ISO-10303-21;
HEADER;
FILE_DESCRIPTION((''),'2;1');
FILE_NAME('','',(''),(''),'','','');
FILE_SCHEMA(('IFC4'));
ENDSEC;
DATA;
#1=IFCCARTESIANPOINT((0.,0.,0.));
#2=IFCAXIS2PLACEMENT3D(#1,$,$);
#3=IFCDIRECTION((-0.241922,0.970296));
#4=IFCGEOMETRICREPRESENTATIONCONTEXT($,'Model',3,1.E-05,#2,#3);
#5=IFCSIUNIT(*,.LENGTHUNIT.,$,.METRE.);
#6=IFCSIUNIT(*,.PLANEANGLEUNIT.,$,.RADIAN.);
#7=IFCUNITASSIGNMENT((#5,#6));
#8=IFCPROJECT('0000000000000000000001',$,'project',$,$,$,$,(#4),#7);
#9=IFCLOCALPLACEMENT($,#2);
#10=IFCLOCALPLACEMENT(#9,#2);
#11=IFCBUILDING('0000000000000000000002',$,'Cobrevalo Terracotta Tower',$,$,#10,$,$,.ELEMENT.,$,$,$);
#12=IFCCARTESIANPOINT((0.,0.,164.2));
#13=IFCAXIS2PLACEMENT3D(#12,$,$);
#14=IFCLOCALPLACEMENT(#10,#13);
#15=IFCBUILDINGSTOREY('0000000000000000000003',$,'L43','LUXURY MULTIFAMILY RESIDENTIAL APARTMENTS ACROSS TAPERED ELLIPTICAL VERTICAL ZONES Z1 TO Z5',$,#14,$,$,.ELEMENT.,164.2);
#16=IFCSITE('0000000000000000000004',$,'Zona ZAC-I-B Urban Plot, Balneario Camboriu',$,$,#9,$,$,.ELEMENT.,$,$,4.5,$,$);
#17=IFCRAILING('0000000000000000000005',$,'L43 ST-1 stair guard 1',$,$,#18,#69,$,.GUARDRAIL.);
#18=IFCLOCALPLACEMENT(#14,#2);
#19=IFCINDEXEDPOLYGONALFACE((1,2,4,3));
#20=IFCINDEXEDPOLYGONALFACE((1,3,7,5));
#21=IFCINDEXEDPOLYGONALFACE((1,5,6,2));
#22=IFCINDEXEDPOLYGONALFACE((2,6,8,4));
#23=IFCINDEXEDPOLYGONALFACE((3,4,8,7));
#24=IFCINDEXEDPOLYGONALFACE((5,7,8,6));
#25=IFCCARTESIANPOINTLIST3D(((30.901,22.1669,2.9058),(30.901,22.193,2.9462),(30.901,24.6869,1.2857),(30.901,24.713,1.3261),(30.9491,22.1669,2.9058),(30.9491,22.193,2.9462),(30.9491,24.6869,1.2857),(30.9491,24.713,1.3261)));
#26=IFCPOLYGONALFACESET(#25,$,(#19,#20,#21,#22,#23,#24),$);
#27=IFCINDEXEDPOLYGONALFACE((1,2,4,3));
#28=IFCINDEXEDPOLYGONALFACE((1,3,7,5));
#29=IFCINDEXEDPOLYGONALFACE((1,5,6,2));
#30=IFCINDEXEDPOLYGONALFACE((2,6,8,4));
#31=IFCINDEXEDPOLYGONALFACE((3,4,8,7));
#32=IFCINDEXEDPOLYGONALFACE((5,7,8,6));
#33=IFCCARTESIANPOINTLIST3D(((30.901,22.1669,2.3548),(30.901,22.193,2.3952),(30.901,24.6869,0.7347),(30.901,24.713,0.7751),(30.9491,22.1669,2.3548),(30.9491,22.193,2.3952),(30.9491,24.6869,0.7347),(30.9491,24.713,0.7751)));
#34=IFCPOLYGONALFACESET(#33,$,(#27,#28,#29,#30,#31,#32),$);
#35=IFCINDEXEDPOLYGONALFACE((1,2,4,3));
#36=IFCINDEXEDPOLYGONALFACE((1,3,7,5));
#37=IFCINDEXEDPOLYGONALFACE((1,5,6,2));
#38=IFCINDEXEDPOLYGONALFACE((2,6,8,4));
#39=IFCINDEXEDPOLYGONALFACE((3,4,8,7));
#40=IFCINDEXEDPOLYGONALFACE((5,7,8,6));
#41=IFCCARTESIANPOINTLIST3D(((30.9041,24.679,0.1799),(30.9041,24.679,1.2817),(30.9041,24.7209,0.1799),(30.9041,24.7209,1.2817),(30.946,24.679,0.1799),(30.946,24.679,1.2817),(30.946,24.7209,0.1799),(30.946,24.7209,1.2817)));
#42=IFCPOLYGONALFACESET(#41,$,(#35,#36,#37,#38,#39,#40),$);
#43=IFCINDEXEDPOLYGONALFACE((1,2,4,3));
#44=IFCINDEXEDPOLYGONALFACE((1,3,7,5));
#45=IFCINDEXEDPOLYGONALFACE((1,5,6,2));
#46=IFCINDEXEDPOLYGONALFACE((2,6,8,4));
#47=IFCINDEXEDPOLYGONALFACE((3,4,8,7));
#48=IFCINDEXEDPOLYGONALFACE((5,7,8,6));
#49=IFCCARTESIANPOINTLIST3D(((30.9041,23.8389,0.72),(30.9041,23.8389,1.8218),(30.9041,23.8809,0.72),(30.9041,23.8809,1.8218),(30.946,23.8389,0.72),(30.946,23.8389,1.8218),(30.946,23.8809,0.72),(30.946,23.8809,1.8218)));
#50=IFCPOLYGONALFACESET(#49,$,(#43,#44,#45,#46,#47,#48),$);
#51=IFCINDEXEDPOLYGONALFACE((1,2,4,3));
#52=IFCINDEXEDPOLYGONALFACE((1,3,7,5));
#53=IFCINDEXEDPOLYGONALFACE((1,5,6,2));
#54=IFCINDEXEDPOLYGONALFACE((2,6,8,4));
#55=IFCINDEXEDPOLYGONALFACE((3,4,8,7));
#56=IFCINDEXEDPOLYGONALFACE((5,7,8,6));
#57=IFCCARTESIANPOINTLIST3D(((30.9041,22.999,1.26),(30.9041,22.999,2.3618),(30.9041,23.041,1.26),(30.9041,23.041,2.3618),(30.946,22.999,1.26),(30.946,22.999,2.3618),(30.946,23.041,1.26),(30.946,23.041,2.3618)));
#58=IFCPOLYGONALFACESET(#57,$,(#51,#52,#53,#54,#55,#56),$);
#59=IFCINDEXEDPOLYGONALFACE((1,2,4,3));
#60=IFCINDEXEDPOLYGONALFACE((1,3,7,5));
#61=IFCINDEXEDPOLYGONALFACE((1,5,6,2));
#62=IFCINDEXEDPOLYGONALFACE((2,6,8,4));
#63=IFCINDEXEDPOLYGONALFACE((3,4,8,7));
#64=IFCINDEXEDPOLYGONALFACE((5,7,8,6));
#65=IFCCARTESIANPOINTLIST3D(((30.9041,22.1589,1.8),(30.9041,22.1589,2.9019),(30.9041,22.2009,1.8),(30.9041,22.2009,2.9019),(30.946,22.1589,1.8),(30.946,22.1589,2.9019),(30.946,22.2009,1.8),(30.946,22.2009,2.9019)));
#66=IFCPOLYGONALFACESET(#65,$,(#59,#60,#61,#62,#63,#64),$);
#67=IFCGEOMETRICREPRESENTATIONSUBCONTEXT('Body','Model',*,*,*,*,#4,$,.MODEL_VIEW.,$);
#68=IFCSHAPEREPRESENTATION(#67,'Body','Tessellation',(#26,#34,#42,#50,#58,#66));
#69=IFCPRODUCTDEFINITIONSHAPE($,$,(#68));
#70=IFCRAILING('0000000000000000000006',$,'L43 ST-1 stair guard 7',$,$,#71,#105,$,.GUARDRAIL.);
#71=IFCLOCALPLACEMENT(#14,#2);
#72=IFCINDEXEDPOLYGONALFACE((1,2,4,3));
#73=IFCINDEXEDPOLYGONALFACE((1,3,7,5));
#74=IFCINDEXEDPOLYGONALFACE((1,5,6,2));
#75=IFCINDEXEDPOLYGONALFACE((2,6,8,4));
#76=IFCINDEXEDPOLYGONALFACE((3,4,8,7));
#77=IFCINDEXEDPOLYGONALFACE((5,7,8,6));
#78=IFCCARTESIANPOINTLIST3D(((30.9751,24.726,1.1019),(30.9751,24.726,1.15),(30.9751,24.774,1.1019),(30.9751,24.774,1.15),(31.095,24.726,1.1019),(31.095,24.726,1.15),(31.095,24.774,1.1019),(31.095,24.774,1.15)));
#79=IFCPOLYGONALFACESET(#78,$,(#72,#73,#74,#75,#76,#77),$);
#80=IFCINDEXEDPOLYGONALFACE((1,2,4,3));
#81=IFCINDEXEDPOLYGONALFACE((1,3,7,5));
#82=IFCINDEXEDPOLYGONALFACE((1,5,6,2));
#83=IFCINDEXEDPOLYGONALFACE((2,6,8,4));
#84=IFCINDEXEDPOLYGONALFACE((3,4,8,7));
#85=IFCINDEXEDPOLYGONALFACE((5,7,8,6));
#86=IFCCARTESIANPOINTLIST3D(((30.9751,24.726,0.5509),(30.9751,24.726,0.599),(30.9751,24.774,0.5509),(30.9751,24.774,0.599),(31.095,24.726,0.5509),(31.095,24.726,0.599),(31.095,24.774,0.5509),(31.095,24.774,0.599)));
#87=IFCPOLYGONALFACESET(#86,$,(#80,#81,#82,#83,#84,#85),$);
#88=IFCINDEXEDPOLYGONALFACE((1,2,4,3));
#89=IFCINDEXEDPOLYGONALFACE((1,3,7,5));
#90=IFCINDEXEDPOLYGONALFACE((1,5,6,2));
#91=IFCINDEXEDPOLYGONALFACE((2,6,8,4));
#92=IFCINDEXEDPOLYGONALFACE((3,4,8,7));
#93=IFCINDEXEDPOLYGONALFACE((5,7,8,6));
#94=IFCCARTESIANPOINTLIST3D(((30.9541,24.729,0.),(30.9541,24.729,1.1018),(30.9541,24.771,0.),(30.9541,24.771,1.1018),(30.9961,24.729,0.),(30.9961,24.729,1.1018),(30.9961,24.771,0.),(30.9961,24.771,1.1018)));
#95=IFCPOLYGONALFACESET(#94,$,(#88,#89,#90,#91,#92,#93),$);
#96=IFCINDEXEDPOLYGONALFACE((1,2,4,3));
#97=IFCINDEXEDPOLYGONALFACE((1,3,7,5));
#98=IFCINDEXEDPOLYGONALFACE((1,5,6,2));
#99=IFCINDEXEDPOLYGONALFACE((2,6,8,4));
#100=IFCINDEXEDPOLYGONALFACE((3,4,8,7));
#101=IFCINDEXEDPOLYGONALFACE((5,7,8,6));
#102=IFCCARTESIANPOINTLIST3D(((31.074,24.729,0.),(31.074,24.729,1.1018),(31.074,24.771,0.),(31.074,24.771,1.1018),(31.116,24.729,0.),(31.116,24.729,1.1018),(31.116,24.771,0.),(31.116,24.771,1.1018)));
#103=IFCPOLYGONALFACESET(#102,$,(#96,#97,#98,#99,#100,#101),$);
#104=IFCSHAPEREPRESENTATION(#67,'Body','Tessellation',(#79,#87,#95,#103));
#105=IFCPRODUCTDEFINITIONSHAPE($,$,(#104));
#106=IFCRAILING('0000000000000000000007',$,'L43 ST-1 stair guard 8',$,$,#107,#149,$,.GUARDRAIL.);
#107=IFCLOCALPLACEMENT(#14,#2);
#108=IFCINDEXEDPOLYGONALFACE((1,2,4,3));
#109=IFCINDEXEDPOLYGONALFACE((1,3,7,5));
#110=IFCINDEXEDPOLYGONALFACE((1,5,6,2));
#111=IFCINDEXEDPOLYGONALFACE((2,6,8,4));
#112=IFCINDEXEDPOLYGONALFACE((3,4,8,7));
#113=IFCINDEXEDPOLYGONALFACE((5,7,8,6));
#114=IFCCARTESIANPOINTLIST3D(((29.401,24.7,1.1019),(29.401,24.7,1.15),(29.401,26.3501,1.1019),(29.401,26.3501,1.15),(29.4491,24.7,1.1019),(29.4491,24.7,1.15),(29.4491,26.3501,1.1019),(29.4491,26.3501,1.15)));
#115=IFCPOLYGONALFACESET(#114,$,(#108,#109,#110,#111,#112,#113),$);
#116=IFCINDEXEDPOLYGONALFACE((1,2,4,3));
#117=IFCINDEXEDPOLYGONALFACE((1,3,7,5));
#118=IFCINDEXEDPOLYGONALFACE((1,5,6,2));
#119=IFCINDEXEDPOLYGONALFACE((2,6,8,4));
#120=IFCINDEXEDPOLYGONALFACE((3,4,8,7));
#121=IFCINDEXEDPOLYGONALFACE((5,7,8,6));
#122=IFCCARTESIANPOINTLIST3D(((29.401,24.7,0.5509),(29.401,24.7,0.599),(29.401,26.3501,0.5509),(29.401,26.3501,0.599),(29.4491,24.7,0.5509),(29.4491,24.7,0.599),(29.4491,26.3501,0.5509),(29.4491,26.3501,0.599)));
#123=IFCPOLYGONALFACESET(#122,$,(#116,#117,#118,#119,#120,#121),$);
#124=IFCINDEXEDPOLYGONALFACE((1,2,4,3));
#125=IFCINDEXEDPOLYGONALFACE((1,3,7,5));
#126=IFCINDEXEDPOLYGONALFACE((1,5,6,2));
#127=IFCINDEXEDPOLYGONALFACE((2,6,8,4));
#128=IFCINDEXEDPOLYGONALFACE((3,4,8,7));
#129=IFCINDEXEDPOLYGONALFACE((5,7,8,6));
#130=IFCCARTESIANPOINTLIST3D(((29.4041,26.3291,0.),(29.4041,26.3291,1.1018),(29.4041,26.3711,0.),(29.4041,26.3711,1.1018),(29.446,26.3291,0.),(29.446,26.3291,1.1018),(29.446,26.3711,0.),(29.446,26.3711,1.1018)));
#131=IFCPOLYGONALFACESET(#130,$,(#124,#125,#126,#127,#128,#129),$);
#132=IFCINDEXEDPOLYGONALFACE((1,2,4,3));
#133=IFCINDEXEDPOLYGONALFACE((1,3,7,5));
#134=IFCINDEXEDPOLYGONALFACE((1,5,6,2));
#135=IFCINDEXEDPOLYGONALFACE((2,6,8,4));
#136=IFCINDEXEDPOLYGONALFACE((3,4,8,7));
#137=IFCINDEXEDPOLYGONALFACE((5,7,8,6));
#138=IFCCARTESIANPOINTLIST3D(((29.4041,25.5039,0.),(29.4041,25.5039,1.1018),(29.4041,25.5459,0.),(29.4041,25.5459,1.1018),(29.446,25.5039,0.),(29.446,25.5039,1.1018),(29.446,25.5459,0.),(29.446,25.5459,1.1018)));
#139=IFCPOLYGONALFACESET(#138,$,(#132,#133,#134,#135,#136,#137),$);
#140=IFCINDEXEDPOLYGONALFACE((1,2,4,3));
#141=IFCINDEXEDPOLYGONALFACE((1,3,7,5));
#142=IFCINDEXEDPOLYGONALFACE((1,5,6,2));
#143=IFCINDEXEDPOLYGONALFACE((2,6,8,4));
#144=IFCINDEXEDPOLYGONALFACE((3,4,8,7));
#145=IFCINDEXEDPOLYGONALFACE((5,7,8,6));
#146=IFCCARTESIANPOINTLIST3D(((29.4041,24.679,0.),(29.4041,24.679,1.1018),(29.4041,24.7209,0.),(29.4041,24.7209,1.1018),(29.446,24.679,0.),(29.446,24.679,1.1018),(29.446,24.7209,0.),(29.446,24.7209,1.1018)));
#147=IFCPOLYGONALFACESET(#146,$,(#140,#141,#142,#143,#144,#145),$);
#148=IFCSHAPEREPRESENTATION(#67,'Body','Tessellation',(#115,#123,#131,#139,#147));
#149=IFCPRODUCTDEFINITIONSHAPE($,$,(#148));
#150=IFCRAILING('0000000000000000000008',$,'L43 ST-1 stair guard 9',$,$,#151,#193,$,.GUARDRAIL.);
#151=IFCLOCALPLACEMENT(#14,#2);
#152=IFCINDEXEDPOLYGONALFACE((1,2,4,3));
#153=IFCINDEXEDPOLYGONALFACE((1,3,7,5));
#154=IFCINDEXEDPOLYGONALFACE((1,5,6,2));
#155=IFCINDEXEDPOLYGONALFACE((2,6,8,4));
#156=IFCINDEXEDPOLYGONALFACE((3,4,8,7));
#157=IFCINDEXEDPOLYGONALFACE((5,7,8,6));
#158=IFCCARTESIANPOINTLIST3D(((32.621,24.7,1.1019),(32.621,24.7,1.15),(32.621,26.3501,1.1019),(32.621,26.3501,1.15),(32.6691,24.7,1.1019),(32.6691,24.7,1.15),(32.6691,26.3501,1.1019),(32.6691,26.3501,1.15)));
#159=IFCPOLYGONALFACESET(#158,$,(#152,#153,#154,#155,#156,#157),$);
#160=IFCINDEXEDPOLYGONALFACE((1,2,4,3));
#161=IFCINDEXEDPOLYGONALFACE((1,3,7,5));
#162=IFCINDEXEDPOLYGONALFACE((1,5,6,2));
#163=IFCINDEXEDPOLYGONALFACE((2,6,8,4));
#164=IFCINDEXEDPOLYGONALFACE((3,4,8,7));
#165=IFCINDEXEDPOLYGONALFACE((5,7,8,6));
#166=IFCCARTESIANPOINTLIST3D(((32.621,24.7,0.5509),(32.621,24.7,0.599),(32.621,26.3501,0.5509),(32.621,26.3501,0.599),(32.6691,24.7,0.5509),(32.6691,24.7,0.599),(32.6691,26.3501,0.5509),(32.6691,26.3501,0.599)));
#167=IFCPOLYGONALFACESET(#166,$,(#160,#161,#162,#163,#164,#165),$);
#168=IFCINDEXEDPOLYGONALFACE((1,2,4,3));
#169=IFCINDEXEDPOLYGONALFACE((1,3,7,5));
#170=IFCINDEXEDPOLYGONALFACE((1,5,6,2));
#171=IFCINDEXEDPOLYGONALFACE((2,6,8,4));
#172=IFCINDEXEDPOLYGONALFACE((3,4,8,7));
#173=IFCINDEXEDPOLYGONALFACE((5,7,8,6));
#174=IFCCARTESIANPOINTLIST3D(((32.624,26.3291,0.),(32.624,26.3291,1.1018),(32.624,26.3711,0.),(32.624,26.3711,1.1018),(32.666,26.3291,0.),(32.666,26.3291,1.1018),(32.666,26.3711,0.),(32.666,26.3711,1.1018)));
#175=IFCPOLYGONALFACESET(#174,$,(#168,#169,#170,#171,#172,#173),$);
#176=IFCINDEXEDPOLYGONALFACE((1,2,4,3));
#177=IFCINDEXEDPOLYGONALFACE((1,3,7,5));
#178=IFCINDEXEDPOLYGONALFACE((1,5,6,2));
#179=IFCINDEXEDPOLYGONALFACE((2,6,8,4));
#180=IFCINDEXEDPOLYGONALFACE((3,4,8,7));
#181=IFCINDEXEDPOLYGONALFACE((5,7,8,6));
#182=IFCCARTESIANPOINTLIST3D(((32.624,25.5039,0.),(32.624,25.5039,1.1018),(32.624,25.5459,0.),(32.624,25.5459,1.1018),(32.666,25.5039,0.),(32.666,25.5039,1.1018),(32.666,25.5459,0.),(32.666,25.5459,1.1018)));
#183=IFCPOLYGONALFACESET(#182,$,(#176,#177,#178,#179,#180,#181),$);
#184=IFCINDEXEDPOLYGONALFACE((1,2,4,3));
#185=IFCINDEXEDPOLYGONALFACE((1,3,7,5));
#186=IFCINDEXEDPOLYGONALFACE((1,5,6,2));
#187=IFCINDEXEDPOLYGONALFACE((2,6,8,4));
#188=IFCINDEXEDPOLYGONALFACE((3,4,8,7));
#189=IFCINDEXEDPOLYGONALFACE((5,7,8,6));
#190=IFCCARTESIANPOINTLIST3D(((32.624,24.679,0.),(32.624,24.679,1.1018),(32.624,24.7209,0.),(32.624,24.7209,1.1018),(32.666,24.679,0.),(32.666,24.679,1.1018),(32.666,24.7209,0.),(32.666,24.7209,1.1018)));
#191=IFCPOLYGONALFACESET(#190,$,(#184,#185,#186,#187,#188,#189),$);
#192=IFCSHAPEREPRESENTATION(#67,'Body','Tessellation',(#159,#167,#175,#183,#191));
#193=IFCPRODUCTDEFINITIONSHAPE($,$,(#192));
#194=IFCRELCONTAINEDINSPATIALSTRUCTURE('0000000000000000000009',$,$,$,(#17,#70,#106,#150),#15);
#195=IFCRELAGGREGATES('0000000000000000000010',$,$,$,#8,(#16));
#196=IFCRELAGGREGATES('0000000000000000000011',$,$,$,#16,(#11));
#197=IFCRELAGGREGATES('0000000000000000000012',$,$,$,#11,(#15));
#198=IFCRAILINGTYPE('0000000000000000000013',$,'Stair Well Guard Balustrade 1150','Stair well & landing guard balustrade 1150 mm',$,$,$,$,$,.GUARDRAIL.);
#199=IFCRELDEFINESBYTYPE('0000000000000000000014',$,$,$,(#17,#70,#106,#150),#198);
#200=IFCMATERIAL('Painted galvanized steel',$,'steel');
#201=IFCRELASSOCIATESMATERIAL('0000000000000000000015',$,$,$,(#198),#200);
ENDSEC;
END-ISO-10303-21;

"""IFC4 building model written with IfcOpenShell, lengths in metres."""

from ifc_helpers import new_model, si_unit, direction, frame, origin, origin_2d, place, context, subcontext, project, spatial, rectangle, extrude, material, type_object, element, save


model = new_model("IFC4")

# Units and contexts
model_context = context("Model", 3, precision=1e-05, world=origin(), true_north=direction((-0.241922, 0.970296)))
body_context = subcontext(model_context, "Body", "Model", "MODEL_VIEW")
ifc_project = project(units=[si_unit("LENGTHUNIT", "METRE"), si_unit("PLANEANGLEUNIT", "RADIAN")], contexts=[model_context])

# Site, building, storey
site_placement = place(None, origin())
site = spatial("IfcSite", under=ifc_project, at=site_placement, Name="Zona ZAC-I-B Urban Plot, Balneario Camboriu", CompositionType="ELEMENT", RefElevation=4.5)
building_placement = place(site_placement, origin())
building = spatial("IfcBuilding", under=site, at=building_placement, Name="Cobrevalo Terracotta Tower", CompositionType="ELEMENT")
storey_placement = place(building_placement, frame((0.0, 0.0, 164.2)))
storey = spatial("IfcBuildingStorey", under=building, at=storey_placement, Name="L43", Description="LUXURY MULTIFAMILY RESIDENTIAL APARTMENTS ACROSS TAPERED ELLIPTICAL VERTICAL ZONES Z1 TO Z5", CompositionType="ELEMENT", Elevation=164.2)

# Railings
ifc_material_1 = material(Name="Painted galvanized steel", Category="steel")
railing_type_1 = type_object("IfcRailingType", Name="Stair Well Guard Balustrade 1150", Description="Stair well & landing guard balustrade 1150 mm", PredefinedType="GUARDRAIL", material=ifc_material_1)
railing_1_placement = place(storey_placement, frame((30.925, 24.7, 0.1799)))
element("IfcRailing", 1, at=railing_1_placement, inside=storey, type_object=railing_type_1, Name="L43 ST-1 stair guard 1", PredefinedType="GUARDRAIL", context=body_context, shape_type="SweptSolid", body=[
    extrude(rectangle(XDim=0.0481, YDim=0.0481, at=origin_2d()), frame((0.0, 0.0, 1.126), z_axis=(0.0, -0.841163, 0.540782), x_axis=(1.0, 0.0, 0.0)), (0.0, 0.0, 1.0), 2.9958),
    extrude(rectangle(XDim=0.0481, YDim=0.0481, at=origin_2d()), frame((0.0, 0.0, 0.575), z_axis=(0.0, -0.841163, 0.540782), x_axis=(1.0, 0.0, 0.0)), (0.0, 0.0, 1.0), 2.9958),
    extrude(rectangle(XDim=0.042, YDim=0.042, at=origin_2d()), origin(), (0.0, 0.0, 1.0), 1.1018),
    extrude(rectangle(XDim=0.042, YDim=0.042, at=origin_2d()), frame((0.0, -0.8401, 0.54)), (0.0, 0.0, 1.0), 1.1018),
    extrude(rectangle(XDim=0.042, YDim=0.042, at=origin_2d()), frame((0.0, -1.6799, 1.0801)), (0.0, 0.0, 1.0), 1.1018),
    extrude(rectangle(XDim=0.042, YDim=0.042, at=origin_2d()), frame((0.0, -2.52, 1.6201)), (0.0, 0.0, 1.0), 1.1018),
])
railing_2_placement = place(storey_placement, frame((30.9751, 24.75, 0.0)))
element("IfcRailing", 2, at=railing_2_placement, inside=storey, type_object=railing_type_1, Name="L43 ST-1 stair guard 7", PredefinedType="GUARDRAIL", context=body_context, shape_type="SweptSolid", body=[
    extrude(rectangle(XDim=0.0481, YDim=0.0481, at=origin_2d()), frame((0.0, 0.0, 1.126), z_axis=(1.0, 0.0, 0.0), x_axis=(0.0, 1.0, 0.0)), (0.0, 0.0, 1.0), 0.1199),
    extrude(rectangle(XDim=0.0481, YDim=0.0481, at=origin_2d()), frame((0.0, 0.0, 0.575), z_axis=(1.0, 0.0, 0.0), x_axis=(0.0, 1.0, 0.0)), (0.0, 0.0, 1.0), 0.1199),
    extrude(rectangle(XDim=0.042, YDim=0.042, at=origin_2d()), origin(), (0.0, 0.0, 1.0), 1.1018),
    extrude(rectangle(XDim=0.042, YDim=0.042, at=origin_2d()), frame((0.1199, 0.0, 0.0)), (0.0, 0.0, 1.0), 1.1018),
])
for number, where, name in (
    (3, (29.425, 26.3501, 0.0), "L43 ST-1 stair guard 8"),
    (4, (32.645, 26.3501, 0.0), "L43 ST-1 stair guard 9"),
):
    element("IfcRailing", number, at=place(storey_placement, frame(where)), inside=storey, type_object=railing_type_1, Name=name, PredefinedType="GUARDRAIL", context=body_context, shape_type="SweptSolid", body=[
        extrude(rectangle(XDim=0.0481, YDim=0.0481, at=origin_2d()), frame((0.0, 0.0, 1.126), z_axis=(0.0, -1.0, 0.0), x_axis=(1.0, 0.0, 0.0)), (0.0, 0.0, 1.0), 1.6501),
        extrude(rectangle(XDim=0.0481, YDim=0.0481, at=origin_2d()), frame((0.0, 0.0, 0.575), z_axis=(0.0, -1.0, 0.0), x_axis=(1.0, 0.0, 0.0)), (0.0, 0.0, 1.0), 1.6501),
        extrude(rectangle(XDim=0.042, YDim=0.042, at=origin_2d()), origin(), (0.0, 0.0, 1.0), 1.1018),
        extrude(rectangle(XDim=0.042, YDim=0.042, at=origin_2d()), frame((0.0, -0.8252, 0.0)), (0.0, 0.0, 1.0), 1.1018),
        extrude(rectangle(XDim=0.042, YDim=0.042, at=origin_2d()), frame((0.0, -1.6501, 0.0)), (0.0, 0.0, 1.0), 1.1018),
    ])

save(model, "model.ifc")
